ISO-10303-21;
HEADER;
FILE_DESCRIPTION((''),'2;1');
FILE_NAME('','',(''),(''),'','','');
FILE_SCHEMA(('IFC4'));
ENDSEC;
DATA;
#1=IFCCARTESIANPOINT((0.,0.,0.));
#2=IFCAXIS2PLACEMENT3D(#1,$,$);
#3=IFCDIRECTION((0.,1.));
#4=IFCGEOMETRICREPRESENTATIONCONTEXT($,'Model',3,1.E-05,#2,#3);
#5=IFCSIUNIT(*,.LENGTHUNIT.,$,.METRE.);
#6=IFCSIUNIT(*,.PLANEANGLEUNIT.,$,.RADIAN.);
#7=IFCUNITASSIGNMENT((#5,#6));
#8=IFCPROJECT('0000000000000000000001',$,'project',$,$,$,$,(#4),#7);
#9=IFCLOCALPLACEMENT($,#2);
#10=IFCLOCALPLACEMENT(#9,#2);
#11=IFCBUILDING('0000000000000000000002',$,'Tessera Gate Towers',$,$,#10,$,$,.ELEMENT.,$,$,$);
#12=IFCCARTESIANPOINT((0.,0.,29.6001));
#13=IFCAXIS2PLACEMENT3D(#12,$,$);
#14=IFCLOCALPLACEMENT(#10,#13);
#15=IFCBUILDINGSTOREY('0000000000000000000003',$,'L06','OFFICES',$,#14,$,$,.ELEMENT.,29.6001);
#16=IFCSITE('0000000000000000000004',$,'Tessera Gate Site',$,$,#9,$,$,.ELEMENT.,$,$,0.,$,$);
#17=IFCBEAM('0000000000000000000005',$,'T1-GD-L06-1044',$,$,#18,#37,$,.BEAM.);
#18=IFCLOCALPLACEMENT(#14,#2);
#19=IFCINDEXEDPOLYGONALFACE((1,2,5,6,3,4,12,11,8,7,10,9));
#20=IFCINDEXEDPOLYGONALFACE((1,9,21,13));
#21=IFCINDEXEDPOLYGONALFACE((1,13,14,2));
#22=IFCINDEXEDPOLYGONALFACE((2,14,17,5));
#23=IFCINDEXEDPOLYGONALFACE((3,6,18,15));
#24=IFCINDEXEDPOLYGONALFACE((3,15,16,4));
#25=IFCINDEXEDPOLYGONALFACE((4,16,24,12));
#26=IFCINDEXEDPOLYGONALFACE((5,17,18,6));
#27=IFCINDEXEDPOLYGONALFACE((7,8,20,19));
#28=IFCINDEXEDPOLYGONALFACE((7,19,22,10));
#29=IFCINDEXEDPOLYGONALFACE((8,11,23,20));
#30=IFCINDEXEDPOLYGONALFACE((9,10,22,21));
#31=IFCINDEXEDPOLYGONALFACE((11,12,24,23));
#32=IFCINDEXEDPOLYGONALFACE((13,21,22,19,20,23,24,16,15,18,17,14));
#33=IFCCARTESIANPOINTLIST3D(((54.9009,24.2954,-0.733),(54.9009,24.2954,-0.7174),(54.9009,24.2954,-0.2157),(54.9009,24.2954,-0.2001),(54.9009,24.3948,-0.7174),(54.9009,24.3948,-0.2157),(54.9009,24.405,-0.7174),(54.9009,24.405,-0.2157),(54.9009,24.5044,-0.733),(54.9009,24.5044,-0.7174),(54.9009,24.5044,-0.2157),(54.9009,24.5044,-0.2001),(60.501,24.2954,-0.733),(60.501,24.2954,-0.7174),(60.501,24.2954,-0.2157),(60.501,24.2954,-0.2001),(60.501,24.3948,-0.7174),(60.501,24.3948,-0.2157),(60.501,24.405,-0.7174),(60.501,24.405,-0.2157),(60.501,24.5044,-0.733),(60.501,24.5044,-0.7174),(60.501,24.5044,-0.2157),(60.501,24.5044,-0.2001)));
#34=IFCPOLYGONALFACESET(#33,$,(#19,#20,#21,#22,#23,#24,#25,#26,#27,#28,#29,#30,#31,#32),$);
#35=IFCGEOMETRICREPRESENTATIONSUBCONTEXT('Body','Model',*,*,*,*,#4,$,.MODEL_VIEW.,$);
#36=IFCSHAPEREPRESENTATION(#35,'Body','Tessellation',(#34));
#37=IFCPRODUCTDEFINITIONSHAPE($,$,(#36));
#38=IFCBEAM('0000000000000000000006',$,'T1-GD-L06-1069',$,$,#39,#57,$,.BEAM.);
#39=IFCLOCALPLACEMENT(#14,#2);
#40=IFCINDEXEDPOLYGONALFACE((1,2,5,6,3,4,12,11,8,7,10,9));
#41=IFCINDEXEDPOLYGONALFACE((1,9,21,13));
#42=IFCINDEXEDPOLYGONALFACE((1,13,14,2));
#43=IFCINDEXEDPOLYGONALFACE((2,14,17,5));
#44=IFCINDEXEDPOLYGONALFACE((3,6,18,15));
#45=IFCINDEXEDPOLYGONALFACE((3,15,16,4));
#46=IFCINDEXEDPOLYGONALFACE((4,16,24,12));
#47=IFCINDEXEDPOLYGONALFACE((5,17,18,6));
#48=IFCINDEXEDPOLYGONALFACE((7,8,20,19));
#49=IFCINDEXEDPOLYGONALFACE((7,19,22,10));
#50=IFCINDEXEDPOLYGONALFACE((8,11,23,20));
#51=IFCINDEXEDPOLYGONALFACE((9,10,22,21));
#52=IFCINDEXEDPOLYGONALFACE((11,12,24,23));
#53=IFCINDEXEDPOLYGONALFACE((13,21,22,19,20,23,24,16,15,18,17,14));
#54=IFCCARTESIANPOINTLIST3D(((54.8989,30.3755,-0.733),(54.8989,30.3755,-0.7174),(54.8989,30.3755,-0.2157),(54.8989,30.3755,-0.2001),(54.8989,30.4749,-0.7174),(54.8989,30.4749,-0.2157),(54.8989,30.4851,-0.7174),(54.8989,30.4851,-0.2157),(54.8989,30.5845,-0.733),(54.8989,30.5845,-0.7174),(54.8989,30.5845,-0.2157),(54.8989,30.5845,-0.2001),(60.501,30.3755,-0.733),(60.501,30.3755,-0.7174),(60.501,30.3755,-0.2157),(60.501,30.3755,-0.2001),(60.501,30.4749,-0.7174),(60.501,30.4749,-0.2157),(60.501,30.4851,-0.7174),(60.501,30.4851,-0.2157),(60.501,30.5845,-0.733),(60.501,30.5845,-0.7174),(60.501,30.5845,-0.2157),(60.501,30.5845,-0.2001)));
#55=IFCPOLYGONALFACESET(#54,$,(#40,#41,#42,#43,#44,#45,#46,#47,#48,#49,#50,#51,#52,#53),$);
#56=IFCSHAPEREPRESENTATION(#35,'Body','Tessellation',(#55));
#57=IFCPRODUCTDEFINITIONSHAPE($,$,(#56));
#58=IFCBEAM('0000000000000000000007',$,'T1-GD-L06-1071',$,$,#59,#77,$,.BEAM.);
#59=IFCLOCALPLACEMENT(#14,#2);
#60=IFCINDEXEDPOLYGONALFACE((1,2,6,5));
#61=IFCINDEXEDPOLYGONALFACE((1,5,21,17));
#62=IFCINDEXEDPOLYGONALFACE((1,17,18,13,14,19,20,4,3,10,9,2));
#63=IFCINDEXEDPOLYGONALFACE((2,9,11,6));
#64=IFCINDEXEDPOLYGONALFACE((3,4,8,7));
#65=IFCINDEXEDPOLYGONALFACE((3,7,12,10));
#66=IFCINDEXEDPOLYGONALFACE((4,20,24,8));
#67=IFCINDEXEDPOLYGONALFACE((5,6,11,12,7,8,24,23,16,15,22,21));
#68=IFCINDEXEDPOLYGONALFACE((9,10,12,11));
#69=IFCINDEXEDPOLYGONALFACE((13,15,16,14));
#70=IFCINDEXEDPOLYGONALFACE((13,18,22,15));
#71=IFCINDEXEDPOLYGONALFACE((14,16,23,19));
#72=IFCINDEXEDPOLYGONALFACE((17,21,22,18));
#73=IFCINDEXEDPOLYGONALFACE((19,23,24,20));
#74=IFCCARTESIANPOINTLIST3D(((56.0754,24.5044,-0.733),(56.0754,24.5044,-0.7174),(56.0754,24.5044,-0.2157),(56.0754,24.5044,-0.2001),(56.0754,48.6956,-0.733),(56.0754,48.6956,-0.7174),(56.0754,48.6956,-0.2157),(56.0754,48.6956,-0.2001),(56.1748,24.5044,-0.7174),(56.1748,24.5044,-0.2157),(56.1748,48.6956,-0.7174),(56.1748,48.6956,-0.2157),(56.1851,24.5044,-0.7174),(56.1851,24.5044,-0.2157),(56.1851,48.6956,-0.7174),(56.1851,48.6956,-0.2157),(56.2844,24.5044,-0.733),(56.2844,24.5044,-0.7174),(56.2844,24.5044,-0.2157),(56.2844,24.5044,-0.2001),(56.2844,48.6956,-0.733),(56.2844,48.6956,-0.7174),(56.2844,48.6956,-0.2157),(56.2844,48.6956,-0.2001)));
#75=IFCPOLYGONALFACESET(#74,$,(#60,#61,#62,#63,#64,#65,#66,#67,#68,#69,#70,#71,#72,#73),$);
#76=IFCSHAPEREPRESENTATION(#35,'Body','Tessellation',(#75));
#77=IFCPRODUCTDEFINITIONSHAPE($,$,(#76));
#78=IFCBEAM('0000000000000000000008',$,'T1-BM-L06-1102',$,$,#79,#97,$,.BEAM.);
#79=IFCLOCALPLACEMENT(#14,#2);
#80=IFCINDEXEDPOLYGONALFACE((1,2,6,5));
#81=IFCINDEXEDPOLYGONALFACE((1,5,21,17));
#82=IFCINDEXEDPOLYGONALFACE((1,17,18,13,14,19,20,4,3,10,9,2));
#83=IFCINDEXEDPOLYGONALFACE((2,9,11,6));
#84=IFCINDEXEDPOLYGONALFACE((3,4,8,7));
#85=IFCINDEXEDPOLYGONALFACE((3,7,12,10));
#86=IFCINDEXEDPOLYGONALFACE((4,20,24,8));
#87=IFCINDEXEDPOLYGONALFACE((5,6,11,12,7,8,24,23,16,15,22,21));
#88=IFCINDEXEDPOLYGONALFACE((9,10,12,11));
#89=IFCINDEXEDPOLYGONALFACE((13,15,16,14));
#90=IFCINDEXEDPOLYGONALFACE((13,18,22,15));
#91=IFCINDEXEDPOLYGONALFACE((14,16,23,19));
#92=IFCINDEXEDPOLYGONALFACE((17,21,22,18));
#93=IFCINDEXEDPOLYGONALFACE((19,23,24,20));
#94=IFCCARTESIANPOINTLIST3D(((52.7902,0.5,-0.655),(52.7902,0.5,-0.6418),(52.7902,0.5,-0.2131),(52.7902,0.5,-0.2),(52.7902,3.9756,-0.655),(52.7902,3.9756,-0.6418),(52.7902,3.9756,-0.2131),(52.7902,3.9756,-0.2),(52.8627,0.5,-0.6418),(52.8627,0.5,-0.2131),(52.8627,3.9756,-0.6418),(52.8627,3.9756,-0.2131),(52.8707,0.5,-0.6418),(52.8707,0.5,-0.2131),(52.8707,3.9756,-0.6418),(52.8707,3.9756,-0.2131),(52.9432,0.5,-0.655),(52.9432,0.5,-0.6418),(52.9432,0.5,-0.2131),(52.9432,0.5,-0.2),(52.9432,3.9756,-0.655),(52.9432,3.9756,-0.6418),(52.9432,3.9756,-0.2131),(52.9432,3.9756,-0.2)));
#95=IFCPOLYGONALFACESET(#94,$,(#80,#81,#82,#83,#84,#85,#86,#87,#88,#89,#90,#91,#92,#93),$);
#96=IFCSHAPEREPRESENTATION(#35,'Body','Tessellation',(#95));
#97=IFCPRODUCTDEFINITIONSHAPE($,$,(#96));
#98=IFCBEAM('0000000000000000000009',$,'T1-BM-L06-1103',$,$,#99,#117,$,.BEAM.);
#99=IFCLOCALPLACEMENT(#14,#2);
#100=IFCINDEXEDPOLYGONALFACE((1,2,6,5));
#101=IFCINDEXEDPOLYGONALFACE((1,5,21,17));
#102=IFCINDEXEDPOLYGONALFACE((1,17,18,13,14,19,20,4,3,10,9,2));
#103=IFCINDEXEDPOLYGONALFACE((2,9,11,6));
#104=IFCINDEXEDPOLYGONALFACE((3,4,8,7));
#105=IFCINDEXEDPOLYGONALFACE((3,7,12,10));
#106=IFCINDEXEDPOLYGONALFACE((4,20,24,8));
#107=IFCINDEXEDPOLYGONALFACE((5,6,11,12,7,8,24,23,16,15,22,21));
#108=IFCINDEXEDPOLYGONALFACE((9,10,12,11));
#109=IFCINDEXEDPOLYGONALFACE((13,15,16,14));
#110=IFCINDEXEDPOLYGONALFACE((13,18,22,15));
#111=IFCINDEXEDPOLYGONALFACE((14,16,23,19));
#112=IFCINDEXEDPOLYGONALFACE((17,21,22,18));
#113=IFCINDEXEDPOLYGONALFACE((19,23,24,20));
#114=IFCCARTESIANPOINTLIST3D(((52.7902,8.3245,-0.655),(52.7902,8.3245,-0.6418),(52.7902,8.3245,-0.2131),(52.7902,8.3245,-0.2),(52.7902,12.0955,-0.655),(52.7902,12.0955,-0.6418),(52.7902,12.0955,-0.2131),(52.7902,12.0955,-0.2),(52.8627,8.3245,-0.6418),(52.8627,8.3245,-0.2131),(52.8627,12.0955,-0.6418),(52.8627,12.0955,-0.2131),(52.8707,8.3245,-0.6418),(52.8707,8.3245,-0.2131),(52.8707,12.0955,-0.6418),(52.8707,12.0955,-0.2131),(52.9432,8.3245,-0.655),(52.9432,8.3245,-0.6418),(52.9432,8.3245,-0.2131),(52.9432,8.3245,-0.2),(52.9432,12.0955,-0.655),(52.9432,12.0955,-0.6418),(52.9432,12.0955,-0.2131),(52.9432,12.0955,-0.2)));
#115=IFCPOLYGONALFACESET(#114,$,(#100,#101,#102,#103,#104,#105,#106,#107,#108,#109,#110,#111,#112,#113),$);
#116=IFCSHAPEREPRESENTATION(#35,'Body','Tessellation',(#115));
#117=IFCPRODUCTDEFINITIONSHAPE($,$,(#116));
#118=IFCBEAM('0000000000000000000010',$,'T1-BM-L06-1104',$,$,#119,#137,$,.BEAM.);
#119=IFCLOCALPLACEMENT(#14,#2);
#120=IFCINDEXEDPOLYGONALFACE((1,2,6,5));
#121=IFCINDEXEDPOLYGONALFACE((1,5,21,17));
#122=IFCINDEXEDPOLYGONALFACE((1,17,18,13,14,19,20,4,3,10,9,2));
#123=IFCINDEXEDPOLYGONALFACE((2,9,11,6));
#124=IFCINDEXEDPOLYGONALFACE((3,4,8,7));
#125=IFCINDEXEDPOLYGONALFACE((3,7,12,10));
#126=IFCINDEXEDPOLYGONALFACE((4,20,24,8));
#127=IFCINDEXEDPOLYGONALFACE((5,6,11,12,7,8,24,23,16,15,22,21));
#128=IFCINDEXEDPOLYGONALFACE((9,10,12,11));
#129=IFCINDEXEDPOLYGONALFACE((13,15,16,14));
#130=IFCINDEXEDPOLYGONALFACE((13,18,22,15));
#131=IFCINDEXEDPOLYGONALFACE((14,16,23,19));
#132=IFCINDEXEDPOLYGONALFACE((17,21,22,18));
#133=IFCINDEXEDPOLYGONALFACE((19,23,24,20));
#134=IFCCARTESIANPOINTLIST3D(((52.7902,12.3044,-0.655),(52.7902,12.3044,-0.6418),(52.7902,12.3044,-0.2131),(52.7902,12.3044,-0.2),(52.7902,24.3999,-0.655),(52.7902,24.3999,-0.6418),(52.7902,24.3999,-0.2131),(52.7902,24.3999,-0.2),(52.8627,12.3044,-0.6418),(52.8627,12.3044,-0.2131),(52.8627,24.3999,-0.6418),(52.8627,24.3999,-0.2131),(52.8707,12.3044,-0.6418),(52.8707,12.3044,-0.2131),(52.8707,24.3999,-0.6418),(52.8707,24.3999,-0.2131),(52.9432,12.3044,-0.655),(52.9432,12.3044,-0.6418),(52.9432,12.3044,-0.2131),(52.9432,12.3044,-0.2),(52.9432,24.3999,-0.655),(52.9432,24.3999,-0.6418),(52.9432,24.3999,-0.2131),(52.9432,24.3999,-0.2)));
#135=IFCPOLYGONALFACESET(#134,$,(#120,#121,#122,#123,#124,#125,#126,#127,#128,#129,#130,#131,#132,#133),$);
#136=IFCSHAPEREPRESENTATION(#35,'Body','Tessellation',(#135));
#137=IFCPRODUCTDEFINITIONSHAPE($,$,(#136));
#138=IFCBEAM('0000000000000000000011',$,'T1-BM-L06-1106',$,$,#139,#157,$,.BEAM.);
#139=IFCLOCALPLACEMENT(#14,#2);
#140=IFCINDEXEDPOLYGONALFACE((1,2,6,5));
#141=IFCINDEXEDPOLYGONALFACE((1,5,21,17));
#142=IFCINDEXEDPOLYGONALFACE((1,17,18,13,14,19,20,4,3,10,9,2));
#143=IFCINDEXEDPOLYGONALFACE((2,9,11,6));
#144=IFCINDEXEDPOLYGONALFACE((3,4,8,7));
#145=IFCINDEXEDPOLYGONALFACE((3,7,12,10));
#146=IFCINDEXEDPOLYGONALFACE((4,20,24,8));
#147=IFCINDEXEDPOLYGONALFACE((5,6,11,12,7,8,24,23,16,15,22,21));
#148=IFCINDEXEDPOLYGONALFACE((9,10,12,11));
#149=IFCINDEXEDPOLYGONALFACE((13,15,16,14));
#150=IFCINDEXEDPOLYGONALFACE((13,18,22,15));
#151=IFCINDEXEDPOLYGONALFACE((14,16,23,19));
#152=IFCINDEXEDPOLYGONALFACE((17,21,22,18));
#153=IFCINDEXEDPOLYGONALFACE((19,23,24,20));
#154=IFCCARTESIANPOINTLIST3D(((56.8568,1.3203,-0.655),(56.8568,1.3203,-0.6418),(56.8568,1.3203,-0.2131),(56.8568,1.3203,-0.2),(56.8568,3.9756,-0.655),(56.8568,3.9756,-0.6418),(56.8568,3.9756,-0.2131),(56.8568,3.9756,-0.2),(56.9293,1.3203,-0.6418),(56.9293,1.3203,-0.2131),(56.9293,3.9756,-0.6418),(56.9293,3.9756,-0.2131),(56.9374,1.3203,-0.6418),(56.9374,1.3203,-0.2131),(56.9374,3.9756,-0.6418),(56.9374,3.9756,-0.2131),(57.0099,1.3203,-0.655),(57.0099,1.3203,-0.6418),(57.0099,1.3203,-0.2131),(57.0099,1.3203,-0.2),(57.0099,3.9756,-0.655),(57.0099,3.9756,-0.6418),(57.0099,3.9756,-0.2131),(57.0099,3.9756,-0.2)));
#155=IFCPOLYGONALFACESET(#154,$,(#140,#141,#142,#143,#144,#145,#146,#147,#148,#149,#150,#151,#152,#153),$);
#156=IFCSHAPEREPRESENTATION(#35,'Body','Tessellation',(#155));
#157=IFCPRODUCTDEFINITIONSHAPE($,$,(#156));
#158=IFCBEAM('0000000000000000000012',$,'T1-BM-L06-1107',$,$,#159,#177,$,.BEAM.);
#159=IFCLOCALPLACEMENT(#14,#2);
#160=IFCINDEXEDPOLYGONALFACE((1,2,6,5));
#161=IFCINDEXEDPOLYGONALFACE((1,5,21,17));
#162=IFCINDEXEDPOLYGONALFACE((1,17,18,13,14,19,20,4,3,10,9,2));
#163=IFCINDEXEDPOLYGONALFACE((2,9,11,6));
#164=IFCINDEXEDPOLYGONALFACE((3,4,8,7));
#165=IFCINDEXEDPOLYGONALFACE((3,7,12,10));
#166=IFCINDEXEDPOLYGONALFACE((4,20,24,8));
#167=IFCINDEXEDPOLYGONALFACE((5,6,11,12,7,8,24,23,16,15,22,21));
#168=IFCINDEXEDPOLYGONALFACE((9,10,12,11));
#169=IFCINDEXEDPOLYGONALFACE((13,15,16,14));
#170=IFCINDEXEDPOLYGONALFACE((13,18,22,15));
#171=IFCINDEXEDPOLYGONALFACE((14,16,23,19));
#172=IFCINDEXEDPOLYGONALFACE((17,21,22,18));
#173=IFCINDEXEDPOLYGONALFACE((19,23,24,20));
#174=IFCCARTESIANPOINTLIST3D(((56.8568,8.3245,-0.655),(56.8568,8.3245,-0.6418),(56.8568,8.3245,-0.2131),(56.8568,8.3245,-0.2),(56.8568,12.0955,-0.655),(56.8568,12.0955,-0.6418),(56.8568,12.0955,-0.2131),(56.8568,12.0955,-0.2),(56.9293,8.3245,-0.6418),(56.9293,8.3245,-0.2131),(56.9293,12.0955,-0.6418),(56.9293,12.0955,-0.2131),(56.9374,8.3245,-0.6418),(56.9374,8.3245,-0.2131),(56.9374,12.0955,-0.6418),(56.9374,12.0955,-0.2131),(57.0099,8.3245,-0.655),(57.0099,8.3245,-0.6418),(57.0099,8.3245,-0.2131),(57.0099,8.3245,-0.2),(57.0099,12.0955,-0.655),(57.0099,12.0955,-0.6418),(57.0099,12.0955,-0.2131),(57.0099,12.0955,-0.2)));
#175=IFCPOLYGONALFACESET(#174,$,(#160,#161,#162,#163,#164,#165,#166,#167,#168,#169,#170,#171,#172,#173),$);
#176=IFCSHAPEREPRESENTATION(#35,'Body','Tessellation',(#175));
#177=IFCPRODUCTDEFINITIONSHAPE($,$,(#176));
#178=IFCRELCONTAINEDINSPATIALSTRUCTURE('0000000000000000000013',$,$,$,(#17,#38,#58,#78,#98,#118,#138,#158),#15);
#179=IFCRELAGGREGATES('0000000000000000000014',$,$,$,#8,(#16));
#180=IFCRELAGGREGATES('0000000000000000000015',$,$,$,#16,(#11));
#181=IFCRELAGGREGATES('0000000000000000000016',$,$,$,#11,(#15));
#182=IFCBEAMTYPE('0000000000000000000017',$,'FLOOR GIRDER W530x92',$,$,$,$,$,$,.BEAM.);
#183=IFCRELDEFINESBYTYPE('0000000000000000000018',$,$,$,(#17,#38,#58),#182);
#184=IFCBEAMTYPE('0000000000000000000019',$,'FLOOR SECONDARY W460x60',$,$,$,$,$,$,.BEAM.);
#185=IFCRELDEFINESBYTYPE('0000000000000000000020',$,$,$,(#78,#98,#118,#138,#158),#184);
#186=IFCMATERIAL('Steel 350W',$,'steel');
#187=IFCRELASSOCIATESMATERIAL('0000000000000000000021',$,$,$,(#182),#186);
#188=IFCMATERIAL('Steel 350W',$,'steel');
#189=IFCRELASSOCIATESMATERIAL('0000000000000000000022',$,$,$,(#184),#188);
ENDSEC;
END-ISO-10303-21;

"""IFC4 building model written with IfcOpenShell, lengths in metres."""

from ifc_helpers import new_model, si_unit, direction, frame, origin, origin_2d, place, context, subcontext, project, spatial, i_section, extrude, material, material_profile, profile_set, type_object, element, save


model = new_model("IFC4")

# Units and contexts
model_context = context("Model", 3, precision=1e-05, world=origin(), true_north=direction((0.0, 1.0)))
body_context = subcontext(model_context, "Body", "Model", "MODEL_VIEW")
ifc_project = project(units=[si_unit("LENGTHUNIT", "METRE"), si_unit("PLANEANGLEUNIT", "RADIAN")], contexts=[model_context])

# Site, building, storey
site_placement = place(None, origin())
site = spatial("IfcSite", under=ifc_project, at=site_placement, Name="Tessera Gate Site", CompositionType="ELEMENT", RefElevation=0.0)
building_placement = place(site_placement, origin())
building = spatial("IfcBuilding", under=site, at=building_placement, Name="Tessera Gate Towers", CompositionType="ELEMENT")
storey_placement = place(building_placement, frame((0.0, 0.0, 29.6001)))
storey = spatial("IfcBuildingStorey", under=building, at=storey_placement, Name="L06", Description="OFFICES", CompositionType="ELEMENT", Elevation=29.6001)

# Beams
ifc_material_1 = material(Name="Steel 350W", Category="steel")
ifc_material_profile_1 = material_profile(ifc_material_1, i_section(OverallWidth=0.209, OverallDepth=0.533, WebThickness=0.0103, FlangeThickness=0.0156, at=origin_2d()), Name="W530x92")
ifc_profile_set_1 = profile_set([ifc_material_profile_1], Name="Steel 350W")
beam_type_1 = type_object("IfcBeamType", Name="FLOOR GIRDER W530x92", PredefinedType="BEAM", material=ifc_profile_set_1)
beam_1_placement = place(storey_placement, frame((54.9009, 24.3999, -0.4666), z_axis=(1.0, 0.0, 0.0), x_axis=(0.0, 1.0, 0.0)))
element("IfcBeam", 1, at=beam_1_placement, inside=storey, type_object=beam_type_1, Name="T1-GD-L06-1044", PredefinedType="BEAM", context=body_context, shape_type="SweptSolid", body=[
    extrude(i_section(OverallWidth=0.209, OverallDepth=0.533, WebThickness=0.0103, FlangeThickness=0.0156, at=origin_2d()), origin(), (0.0, 0.0, 1.0), 5.6001),
])
beam_2_placement = place(storey_placement, frame((54.8989, 30.48, -0.4666), z_axis=(1.0, 0.0, 0.0), x_axis=(0.0, 1.0, 0.0)))
element("IfcBeam", 2, at=beam_2_placement, inside=storey, type_object=beam_type_1, Name="T1-GD-L06-1069", PredefinedType="BEAM", context=body_context, shape_type="SweptSolid", body=[
    extrude(i_section(OverallWidth=0.209, OverallDepth=0.533, WebThickness=0.0103, FlangeThickness=0.0156, at=origin_2d()), origin(), (0.0, 0.0, 1.0), 5.6021),
])
beam_3_placement = place(storey_placement, frame((56.1799, 24.5044, -0.4666), z_axis=(0.0, 1.0, 0.0), x_axis=(-1.0, 0.0, 0.0)))
element("IfcBeam", 3, at=beam_3_placement, inside=storey, type_object=beam_type_1, Name="T1-GD-L06-1071", PredefinedType="BEAM", context=body_context, shape_type="SweptSolid", body=[
    extrude(i_section(OverallWidth=0.209, OverallDepth=0.533, WebThickness=0.0103, FlangeThickness=0.0156, at=origin_2d()), origin(), (0.0, 0.0, 1.0), 24.1912),
])
ifc_material_2 = material(Name="Steel 350W", Category="steel")
ifc_material_profile_2 = material_profile(ifc_material_2, i_section(OverallWidth=0.1531, OverallDepth=0.4551, WebThickness=0.0081, FlangeThickness=0.0132, at=origin_2d()), Name="W460x60")
ifc_profile_set_2 = profile_set([ifc_material_profile_2], Name="Steel 350W")
beam_type_2 = type_object("IfcBeamType", Name="FLOOR SECONDARY W460x60", PredefinedType="BEAM", material=ifc_profile_set_2)
beam_4_placement = place(storey_placement, frame((52.8667, 0.5, -0.4275), z_axis=(0.0, 1.0, 0.0), x_axis=(-1.0, 0.0, 0.0)))
element("IfcBeam", 4, at=beam_4_placement, inside=storey, type_object=beam_type_2, Name="T1-BM-L06-1102", PredefinedType="BEAM", context=body_context, shape_type="SweptSolid", body=[
    extrude(i_section(OverallWidth=0.1531, OverallDepth=0.4551, WebThickness=0.0081, FlangeThickness=0.0132, at=origin_2d()), origin(), (0.0, 0.0, 1.0), 3.4756),
])
beam_5_placement = place(storey_placement, frame((52.8667, 8.3245, -0.4275), z_axis=(0.0, 1.0, 0.0), x_axis=(-1.0, 0.0, 0.0)))
element("IfcBeam", 5, at=beam_5_placement, inside=storey, type_object=beam_type_2, Name="T1-BM-L06-1103", PredefinedType="BEAM", context=body_context, shape_type="SweptSolid", body=[
    extrude(i_section(OverallWidth=0.1531, OverallDepth=0.4551, WebThickness=0.0081, FlangeThickness=0.0132, at=origin_2d()), origin(), (0.0, 0.0, 1.0), 3.771),
])
beam_6_placement = place(storey_placement, frame((52.8667, 12.3044, -0.4275), z_axis=(0.0, 1.0, 0.0), x_axis=(-1.0, 0.0, 0.0)))
element("IfcBeam", 6, at=beam_6_placement, inside=storey, type_object=beam_type_2, Name="T1-BM-L06-1104", PredefinedType="BEAM", context=body_context, shape_type="SweptSolid", body=[
    extrude(i_section(OverallWidth=0.1531, OverallDepth=0.4551, WebThickness=0.0081, FlangeThickness=0.0132, at=origin_2d()), origin(), (0.0, 0.0, 1.0), 12.0955),
])
beam_7_placement = place(storey_placement, frame((56.9333, 1.3203, -0.4275), z_axis=(0.0, 1.0, 0.0), x_axis=(-1.0, 0.0, 0.0)))
element("IfcBeam", 7, at=beam_7_placement, inside=storey, type_object=beam_type_2, Name="T1-BM-L06-1106", PredefinedType="BEAM", context=body_context, shape_type="SweptSolid", body=[
    extrude(i_section(OverallWidth=0.1531, OverallDepth=0.4551, WebThickness=0.0081, FlangeThickness=0.0132, at=origin_2d()), origin(), (0.0, 0.0, 1.0), 2.6553),
])
beam_8_placement = place(storey_placement, frame((56.9333, 8.3245, -0.4275), z_axis=(0.0, 1.0, 0.0), x_axis=(-1.0, 0.0, 0.0)))
element("IfcBeam", 8, at=beam_8_placement, inside=storey, type_object=beam_type_2, Name="T1-BM-L06-1107", PredefinedType="BEAM", context=body_context, shape_type="SweptSolid", body=[
    extrude(i_section(OverallWidth=0.1531, OverallDepth=0.4551, WebThickness=0.0081, FlangeThickness=0.0132, at=origin_2d()), origin(), (0.0, 0.0, 1.0), 3.771),
])

save(model, "model.ifc")
